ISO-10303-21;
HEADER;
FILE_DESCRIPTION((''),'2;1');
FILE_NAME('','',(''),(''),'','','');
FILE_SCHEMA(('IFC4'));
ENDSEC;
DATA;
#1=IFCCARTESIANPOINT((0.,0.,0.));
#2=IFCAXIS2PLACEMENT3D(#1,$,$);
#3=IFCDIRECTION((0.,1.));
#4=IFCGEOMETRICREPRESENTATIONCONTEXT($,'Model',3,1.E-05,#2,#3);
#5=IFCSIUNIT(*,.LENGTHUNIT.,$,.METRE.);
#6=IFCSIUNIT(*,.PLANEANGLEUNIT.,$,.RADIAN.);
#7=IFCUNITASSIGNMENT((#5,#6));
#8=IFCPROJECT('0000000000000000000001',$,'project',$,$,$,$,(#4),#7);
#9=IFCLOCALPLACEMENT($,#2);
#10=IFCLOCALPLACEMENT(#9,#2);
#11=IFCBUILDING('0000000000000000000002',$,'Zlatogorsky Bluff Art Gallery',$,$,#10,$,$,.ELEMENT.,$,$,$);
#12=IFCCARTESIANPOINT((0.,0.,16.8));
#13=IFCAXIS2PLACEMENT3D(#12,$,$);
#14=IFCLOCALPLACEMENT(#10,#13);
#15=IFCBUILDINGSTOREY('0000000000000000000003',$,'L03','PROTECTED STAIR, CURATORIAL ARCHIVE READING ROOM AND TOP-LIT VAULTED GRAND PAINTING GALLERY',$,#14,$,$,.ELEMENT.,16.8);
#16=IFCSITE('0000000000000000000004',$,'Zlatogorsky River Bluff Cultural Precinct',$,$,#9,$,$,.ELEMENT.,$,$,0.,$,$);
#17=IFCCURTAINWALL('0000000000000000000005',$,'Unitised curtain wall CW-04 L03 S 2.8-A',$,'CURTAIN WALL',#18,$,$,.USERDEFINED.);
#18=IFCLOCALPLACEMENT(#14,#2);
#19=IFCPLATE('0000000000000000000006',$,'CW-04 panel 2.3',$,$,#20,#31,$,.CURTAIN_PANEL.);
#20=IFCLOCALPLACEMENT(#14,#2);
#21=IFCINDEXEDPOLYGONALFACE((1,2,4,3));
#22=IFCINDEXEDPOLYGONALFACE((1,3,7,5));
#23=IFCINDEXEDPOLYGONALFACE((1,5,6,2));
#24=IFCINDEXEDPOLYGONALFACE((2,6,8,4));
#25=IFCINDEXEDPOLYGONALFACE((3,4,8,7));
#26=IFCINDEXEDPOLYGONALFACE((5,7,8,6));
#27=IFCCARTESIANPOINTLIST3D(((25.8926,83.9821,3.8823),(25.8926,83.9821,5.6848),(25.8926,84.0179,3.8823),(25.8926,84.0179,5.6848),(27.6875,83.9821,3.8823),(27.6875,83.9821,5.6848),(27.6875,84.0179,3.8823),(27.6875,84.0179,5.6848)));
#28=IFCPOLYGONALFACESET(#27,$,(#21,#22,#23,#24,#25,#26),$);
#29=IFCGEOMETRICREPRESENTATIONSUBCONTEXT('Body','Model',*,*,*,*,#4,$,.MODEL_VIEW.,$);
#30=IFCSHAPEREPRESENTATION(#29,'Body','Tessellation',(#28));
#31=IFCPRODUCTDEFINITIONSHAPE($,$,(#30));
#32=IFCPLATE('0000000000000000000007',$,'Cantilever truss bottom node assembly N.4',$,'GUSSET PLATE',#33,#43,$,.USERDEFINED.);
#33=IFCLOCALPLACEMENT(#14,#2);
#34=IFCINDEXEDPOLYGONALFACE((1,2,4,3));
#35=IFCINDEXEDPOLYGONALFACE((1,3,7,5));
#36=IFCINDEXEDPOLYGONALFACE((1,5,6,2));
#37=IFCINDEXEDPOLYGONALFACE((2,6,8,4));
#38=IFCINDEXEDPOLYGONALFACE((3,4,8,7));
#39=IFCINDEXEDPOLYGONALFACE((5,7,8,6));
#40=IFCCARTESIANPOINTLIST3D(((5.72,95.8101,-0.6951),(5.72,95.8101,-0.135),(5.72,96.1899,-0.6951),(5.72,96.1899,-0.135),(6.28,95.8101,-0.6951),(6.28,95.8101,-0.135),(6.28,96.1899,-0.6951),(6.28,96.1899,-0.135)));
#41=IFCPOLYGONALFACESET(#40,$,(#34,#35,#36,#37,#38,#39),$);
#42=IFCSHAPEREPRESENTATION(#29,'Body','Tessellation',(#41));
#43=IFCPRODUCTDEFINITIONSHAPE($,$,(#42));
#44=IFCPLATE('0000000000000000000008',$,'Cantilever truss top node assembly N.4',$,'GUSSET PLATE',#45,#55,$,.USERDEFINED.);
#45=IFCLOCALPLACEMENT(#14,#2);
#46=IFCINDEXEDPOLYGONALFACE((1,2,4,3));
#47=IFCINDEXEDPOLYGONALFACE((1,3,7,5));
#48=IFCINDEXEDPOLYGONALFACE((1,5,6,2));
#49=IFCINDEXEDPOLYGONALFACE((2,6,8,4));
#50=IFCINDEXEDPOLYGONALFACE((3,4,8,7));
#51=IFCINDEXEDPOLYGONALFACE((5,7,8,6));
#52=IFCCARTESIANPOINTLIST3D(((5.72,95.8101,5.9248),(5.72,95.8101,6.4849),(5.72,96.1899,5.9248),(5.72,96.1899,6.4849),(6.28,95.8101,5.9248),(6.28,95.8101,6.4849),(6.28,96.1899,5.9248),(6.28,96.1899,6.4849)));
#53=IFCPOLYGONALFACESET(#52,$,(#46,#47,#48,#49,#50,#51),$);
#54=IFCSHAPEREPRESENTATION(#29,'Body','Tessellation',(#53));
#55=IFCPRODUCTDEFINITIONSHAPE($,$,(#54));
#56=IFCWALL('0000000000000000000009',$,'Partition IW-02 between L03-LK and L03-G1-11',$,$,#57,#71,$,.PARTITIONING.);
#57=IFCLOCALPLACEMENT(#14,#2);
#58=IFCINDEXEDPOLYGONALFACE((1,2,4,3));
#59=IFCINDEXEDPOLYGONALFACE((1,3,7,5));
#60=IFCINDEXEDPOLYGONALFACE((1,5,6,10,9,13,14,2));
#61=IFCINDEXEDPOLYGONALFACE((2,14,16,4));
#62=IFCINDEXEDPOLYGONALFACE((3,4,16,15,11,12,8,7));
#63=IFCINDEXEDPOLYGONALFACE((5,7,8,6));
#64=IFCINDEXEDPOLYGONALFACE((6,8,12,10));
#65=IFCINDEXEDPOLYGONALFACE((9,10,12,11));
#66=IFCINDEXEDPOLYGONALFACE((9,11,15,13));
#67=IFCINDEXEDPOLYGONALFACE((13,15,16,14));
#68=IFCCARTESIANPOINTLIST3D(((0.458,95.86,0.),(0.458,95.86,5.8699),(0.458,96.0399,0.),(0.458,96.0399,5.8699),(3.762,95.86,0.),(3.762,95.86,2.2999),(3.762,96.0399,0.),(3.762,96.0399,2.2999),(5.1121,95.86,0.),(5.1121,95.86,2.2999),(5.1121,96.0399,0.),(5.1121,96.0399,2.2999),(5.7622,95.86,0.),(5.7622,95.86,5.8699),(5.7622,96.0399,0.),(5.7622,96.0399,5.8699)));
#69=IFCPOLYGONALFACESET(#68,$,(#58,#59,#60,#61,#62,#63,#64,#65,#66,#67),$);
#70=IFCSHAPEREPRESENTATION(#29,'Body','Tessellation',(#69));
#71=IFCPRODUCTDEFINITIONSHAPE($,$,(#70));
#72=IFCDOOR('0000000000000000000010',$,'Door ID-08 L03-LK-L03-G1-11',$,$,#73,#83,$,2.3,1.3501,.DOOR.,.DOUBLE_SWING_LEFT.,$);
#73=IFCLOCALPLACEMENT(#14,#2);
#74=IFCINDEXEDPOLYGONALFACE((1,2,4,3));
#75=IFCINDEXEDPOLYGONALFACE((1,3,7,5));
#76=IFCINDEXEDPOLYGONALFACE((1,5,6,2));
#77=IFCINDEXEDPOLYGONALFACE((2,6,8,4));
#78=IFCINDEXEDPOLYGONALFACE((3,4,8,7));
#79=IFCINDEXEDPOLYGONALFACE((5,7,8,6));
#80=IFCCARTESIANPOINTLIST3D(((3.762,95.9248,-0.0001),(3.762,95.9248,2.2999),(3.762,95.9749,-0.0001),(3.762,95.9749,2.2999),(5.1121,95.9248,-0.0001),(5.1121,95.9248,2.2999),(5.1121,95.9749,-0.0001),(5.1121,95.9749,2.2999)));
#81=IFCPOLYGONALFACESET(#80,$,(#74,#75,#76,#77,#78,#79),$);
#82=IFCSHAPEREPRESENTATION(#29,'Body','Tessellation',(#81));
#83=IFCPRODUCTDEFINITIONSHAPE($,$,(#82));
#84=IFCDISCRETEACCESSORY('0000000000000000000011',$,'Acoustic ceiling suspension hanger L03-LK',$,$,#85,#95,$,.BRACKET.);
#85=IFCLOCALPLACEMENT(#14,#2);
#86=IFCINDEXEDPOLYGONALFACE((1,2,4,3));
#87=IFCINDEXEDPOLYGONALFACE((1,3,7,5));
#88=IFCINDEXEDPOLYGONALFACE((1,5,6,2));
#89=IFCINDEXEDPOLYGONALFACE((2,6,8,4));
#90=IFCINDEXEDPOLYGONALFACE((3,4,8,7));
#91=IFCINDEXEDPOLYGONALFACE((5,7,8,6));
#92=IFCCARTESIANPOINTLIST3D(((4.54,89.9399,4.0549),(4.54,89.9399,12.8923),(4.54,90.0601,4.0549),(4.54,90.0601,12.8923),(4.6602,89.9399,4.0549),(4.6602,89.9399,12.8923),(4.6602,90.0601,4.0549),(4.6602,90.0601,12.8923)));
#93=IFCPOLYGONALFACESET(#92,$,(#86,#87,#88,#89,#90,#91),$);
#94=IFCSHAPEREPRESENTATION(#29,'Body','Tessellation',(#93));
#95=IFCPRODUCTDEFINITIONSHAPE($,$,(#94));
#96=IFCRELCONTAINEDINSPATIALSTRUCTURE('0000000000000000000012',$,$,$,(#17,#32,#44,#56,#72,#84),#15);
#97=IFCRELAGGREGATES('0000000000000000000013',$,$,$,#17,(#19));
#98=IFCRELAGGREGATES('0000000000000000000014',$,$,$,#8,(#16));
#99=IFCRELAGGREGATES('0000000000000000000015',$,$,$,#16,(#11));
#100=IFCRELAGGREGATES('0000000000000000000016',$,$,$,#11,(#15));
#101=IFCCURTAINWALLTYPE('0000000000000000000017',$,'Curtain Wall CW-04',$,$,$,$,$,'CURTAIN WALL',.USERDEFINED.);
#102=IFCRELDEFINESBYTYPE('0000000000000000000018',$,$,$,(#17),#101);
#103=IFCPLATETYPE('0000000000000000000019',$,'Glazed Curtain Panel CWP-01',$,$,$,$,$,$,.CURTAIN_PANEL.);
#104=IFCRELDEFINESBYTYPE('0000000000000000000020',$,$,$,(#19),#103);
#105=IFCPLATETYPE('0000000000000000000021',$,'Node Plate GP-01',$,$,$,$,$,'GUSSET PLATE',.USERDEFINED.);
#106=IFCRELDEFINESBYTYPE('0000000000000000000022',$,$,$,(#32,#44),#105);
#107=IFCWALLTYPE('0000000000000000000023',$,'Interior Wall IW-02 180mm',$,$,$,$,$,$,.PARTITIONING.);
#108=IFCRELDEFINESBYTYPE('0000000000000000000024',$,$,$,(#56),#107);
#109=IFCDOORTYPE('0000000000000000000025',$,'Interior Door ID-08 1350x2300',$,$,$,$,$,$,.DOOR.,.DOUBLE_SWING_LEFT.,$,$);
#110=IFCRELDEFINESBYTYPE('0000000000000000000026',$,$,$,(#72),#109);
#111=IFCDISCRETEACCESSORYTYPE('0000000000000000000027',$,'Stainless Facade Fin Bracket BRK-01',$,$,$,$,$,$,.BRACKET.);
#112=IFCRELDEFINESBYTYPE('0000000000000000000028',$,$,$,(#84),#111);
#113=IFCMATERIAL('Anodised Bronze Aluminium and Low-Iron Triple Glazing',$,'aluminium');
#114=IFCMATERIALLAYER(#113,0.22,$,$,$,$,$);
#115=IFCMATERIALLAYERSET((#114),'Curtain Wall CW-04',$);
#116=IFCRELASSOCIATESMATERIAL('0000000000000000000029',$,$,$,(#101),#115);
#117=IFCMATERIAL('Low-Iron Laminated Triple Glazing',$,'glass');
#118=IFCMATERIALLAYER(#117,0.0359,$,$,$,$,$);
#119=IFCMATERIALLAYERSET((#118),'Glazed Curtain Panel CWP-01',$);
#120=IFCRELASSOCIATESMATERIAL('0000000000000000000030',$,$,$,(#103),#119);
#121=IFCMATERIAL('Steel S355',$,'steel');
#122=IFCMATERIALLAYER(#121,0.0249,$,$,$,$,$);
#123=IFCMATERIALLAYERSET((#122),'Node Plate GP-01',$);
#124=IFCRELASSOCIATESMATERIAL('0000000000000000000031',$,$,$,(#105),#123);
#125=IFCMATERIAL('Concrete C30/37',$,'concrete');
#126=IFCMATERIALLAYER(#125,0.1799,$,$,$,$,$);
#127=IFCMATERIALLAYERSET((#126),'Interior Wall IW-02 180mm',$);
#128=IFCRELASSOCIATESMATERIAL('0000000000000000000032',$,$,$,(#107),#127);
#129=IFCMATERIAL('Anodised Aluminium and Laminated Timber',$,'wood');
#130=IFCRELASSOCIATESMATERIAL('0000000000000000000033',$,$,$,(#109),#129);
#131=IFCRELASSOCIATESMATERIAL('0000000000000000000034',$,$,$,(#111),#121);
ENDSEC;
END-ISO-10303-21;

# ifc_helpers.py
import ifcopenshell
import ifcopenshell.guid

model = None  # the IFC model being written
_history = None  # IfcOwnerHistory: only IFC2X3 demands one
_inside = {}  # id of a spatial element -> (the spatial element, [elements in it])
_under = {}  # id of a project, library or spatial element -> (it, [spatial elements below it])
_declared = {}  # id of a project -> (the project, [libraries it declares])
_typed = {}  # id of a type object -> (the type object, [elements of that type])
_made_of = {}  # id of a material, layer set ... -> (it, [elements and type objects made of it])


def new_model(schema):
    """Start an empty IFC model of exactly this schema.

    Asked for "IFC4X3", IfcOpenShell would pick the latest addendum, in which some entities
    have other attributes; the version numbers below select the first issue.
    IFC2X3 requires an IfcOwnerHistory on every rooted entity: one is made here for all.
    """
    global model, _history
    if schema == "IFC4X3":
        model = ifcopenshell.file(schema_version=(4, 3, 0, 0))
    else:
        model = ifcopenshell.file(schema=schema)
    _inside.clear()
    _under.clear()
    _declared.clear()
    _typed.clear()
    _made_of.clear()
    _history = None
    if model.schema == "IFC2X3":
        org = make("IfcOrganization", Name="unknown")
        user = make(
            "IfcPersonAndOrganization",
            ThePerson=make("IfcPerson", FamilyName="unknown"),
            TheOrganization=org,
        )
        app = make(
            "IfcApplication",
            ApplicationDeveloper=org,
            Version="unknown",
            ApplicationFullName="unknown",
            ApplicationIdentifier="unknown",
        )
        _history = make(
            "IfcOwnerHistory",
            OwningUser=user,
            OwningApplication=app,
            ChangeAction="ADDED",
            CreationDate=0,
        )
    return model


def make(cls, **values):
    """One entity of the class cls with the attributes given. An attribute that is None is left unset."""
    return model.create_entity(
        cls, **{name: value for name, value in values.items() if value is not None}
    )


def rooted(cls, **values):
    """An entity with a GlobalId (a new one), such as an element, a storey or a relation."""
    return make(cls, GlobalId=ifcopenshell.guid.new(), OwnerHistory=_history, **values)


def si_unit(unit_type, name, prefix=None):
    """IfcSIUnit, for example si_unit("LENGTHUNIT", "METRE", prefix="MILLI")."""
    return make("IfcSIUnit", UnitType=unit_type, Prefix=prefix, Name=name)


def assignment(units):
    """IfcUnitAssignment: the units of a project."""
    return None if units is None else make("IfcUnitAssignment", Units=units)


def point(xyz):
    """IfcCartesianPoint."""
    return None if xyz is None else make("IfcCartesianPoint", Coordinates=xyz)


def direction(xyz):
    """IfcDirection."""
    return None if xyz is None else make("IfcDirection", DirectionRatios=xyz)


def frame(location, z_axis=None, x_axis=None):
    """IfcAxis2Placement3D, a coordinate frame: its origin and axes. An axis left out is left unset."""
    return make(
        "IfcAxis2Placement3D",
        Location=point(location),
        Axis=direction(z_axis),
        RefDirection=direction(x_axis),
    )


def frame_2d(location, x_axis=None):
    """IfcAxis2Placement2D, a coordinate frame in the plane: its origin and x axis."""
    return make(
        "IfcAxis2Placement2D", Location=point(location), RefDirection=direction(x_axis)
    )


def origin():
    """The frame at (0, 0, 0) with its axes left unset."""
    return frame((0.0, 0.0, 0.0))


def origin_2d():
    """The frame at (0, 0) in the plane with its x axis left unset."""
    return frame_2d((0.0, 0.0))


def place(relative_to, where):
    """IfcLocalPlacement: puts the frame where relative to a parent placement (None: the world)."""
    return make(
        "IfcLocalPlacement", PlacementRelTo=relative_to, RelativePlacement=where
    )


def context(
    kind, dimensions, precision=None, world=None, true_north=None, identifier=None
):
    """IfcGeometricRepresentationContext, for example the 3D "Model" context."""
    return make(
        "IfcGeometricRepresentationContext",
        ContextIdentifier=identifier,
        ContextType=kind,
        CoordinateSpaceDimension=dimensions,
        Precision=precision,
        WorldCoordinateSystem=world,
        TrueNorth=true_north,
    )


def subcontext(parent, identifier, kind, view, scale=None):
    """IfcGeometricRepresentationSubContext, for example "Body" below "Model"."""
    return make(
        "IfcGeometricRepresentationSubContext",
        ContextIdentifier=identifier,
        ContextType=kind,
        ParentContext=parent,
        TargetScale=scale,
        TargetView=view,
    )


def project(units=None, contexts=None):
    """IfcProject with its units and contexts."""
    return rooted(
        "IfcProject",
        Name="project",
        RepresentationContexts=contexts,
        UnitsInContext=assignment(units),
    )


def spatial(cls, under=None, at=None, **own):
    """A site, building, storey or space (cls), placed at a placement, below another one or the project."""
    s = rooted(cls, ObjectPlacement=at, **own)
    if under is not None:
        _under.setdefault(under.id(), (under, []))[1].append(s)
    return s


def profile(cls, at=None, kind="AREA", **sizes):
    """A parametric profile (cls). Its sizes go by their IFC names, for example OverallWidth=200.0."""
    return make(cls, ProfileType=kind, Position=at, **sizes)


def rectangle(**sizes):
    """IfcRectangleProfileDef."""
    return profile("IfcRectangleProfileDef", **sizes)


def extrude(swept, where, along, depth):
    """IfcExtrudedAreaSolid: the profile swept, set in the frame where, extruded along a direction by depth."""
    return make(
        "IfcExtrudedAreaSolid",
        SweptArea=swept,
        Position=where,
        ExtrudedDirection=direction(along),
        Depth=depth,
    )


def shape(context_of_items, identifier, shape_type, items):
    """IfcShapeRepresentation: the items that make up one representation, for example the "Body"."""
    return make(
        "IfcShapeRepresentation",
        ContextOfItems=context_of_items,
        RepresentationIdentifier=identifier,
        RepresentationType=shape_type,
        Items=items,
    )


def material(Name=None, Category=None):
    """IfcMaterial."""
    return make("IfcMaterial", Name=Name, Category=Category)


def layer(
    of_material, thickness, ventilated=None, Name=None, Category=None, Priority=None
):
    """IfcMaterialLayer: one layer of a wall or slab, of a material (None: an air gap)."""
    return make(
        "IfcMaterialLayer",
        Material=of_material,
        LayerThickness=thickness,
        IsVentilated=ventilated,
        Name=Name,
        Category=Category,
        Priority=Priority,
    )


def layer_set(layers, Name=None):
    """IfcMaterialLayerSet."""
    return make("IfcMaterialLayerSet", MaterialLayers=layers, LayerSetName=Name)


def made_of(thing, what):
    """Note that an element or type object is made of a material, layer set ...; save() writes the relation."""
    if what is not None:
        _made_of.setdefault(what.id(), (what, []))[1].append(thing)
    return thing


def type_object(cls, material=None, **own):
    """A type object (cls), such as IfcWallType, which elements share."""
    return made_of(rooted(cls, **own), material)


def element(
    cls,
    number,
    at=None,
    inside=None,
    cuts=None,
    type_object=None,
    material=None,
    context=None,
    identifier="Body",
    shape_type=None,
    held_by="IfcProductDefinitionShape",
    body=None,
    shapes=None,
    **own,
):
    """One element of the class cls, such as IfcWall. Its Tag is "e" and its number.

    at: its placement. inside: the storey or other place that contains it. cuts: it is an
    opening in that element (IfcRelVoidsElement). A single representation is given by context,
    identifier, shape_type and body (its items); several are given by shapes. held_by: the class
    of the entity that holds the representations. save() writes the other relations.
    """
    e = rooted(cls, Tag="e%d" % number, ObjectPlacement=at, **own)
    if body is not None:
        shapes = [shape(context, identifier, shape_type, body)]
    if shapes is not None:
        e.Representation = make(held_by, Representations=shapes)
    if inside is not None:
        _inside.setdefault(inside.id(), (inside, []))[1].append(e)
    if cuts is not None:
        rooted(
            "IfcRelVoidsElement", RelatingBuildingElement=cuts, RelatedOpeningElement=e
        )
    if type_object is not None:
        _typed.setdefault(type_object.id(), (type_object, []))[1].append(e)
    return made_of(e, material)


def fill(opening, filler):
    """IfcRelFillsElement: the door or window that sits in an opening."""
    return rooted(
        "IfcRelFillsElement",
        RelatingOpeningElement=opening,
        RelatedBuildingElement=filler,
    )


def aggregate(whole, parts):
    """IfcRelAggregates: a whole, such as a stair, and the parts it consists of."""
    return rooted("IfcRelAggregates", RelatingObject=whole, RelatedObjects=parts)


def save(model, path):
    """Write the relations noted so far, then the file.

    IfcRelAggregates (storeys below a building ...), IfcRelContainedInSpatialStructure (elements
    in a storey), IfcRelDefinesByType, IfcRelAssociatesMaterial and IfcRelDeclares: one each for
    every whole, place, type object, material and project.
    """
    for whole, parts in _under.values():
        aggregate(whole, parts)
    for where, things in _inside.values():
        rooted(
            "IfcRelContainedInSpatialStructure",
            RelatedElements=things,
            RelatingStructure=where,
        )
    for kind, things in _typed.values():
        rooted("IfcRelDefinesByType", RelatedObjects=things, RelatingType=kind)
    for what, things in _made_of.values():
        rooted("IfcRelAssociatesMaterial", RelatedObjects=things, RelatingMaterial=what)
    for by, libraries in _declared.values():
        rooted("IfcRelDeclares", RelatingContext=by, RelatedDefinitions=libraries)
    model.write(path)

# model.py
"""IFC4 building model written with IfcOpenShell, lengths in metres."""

from ifc_helpers import new_model, si_unit, direction, frame, frame_2d, origin, origin_2d, place, context, subcontext, project, spatial, rectangle, extrude, material, layer, layer_set, type_object, element, fill, aggregate, save


model = new_model("IFC4")

# Units and contexts
model_context = context("Model", 3, precision=1e-05, world=origin(), true_north=direction((0.0, 1.0)))
body_context = subcontext(model_context, "Body", "Model", "MODEL_VIEW")
ifc_project = project(units=[si_unit("LENGTHUNIT", "METRE"), si_unit("PLANEANGLEUNIT", "RADIAN")], contexts=[model_context])

# Site, building, storey
site_placement = place(None, origin())
site = spatial("IfcSite", under=ifc_project, at=site_placement, Name="Zlatogorsky River Bluff Cultural Precinct", CompositionType="ELEMENT", RefElevation=0.0)
building_placement = place(site_placement, origin())
building = spatial("IfcBuilding", under=site, at=building_placement, Name="Zlatogorsky Bluff Art Gallery", CompositionType="ELEMENT")
storey_placement = place(building_placement, frame((0.0, 0.0, 16.8)))
storey = spatial("IfcBuildingStorey", under=building, at=storey_placement, Name="L03", Description="PROTECTED STAIR, CURATORIAL ARCHIVE READING ROOM AND TOP-LIT VAULTED GRAND PAINTING GALLERY", CompositionType="ELEMENT", Elevation=16.8)

# Shared definitions
ifc_material_1 = material(Name="Steel S355", Category="steel")

# Curtain wall
ifc_material_2 = material(Name="Anodised Bronze Aluminium and Low-Iron Triple Glazing", Category="aluminium")
ifc_layer_1 = layer(ifc_material_2, 0.22)
ifc_layer_set_1 = layer_set([ifc_layer_1], Name="Curtain Wall CW-04")
curtain_wall_type = type_object("IfcCurtainWallType", Name="Curtain Wall CW-04", ElementType="CURTAIN WALL", PredefinedType="USERDEFINED", material=ifc_layer_set_1)
curtain_wall_placement = place(storey_placement, origin())
curtain_wall = element("IfcCurtainWall", 1, at=curtain_wall_placement, inside=storey, type_object=curtain_wall_type, Name="Unitised curtain wall CW-04 L03 S 2.8-A", ObjectType="CURTAIN WALL", PredefinedType="USERDEFINED")

# Plate
ifc_material_3 = material(Name="Low-Iron Laminated Triple Glazing", Category="glass")
ifc_layer_2 = layer(ifc_material_3, 0.0359)
ifc_layer_set_2 = layer_set([ifc_layer_2], Name="Glazed Curtain Panel CWP-01")
plate_type_1 = type_object("IfcPlateType", Name="Glazed Curtain Panel CWP-01", PredefinedType="CURTAIN_PANEL", material=ifc_layer_set_2)
plate_1_placement = place(storey_placement, frame((26.79, 84.0, 3.8823), z_axis=(0.0, 0.0, 1.0), x_axis=(1.0, 0.0, 0.0)))
plate_1 = element("IfcPlate", 2, at=plate_1_placement, type_object=plate_type_1, Name="CW-04 panel 2.3", PredefinedType="CURTAIN_PANEL", context=body_context, shape_type="SweptSolid", body=[
    extrude(rectangle(XDim=1.7949, YDim=0.0359, at=origin_2d()), origin(), (0.0, 0.0, 1.0), 1.8025),
])
aggregate(curtain_wall, [plate_1])

# Plates
ifc_layer_3 = layer(ifc_material_1, 0.0249)
ifc_layer_set_3 = layer_set([ifc_layer_3], Name="Node Plate GP-01")
plate_type_2 = type_object("IfcPlateType", Name="Node Plate GP-01", ElementType="GUSSET PLATE", PredefinedType="USERDEFINED", material=ifc_layer_set_3)
for number, where, z_axis, x_axis, name in (
    (3, (6.0, 96.0, -0.6951), (0.0, 0.0, 1.0), (1.0, 0.0, 0.0), "Cantilever truss bottom node assembly N.4"),
    (4, (6.0, 96.0, 5.9248), (0.0, 0.0, 1.0), (1.0, 0.0, 0.0), "Cantilever truss top node assembly N.4"),
):
    element("IfcPlate", number, at=place(storey_placement, frame(where, z_axis=z_axis, x_axis=x_axis)), inside=storey, type_object=plate_type_2, Name=name, ObjectType="GUSSET PLATE", PredefinedType="USERDEFINED", context=body_context, shape_type="SweptSolid", body=[
        extrude(rectangle(XDim=0.5601, YDim=0.3799, at=origin_2d()), origin(), (0.0, 0.0, 1.0), 0.5601),
    ])

# Wall, opening, door
ifc_material_4 = material(Name="Concrete C30/37", Category="concrete")
ifc_layer_4 = layer(ifc_material_4, 0.1799)
ifc_layer_set_4 = layer_set([ifc_layer_4], Name="Interior Wall IW-02 180mm")
wall_type = type_object("IfcWallType", Name="Interior Wall IW-02 180mm", PredefinedType="PARTITIONING", material=ifc_layer_set_4)
wall_placement = place(storey_placement, frame((0.458, 95.95, 0.0), z_axis=(0.0, 0.0, 1.0), x_axis=(1.0, 0.0, 0.0)))
wall = element("IfcWall", 5, at=wall_placement, inside=storey, type_object=wall_type, Name="Partition IW-02 between L03-LK and L03-G1-11", PredefinedType="PARTITIONING", context=body_context, shape_type="SweptSolid", body=[
    extrude(rectangle(XDim=5.3042, YDim=0.1799, at=frame_2d((2.6521, 0.0))), origin(), (0.0, 0.0, 1.0), 5.8699),
])
opening_placement = place(wall_placement, frame((3.304, 0.0, 0.0)))
opening = element("IfcOpeningElement", 6, at=opening_placement, cuts=wall, PredefinedType="OPENING", context=body_context, shape_type="SweptSolid", body=[
    extrude(rectangle(XDim=1.3501, YDim=2.3, at=frame_2d((0.675, 1.1499))), frame((0.0, 0.0999, 0.0), z_axis=(0.0, -1.0, 0.0), x_axis=(1.0, 0.0, 0.0)), (0.0, 0.0, 1.0), 0.2),
])
ifc_material_5 = material(Name="Anodised Aluminium and Laminated Timber", Category="wood")
door_type = type_object("IfcDoorType", Name="Interior Door ID-08 1350x2300", OperationType="DOUBLE_SWING_LEFT", PredefinedType="DOOR", material=ifc_material_5)
door_placement = place(opening_placement, origin())
door = element("IfcDoor", 7, at=door_placement, inside=storey, type_object=door_type, Name="Door ID-08 L03-LK-L03-G1-11", OperationType="DOUBLE_SWING_LEFT", OverallHeight=2.3, OverallWidth=1.3501, PredefinedType="DOOR", context=body_context, shape_type="SweptSolid", body=[
    extrude(rectangle(XDim=1.3501, YDim=2.3, at=frame_2d((0.675, 1.1499))), frame((0.0, 0.0249, 0.0), z_axis=(0.0, -1.0, 0.0), x_axis=(1.0, 0.0, 0.0)), (0.0, 0.0, 1.0), 0.05),
])
fill(opening, door)

# Discrete accessory
discrete_accessory_type = type_object("IfcDiscreteAccessoryType", Name="Stainless Facade Fin Bracket BRK-01", PredefinedType="BRACKET", material=ifc_material_1)
discrete_accessory_placement = place(storey_placement, frame((4.6001, 90.0, 4.0549), z_axis=(0.0, 0.0, 1.0), x_axis=(1.0, 0.0, 0.0)))
element("IfcDiscreteAccessory", 8, at=discrete_accessory_placement, inside=storey, type_object=discrete_accessory_type, Name="Acoustic ceiling suspension hanger L03-LK", PredefinedType="BRACKET", context=body_context, shape_type="SweptSolid", body=[
    extrude(rectangle(XDim=0.1201, YDim=0.1201, at=origin_2d()), origin(), (0.0, 0.0, 1.0), 8.8374),
])

save(model, "model.ifc")
